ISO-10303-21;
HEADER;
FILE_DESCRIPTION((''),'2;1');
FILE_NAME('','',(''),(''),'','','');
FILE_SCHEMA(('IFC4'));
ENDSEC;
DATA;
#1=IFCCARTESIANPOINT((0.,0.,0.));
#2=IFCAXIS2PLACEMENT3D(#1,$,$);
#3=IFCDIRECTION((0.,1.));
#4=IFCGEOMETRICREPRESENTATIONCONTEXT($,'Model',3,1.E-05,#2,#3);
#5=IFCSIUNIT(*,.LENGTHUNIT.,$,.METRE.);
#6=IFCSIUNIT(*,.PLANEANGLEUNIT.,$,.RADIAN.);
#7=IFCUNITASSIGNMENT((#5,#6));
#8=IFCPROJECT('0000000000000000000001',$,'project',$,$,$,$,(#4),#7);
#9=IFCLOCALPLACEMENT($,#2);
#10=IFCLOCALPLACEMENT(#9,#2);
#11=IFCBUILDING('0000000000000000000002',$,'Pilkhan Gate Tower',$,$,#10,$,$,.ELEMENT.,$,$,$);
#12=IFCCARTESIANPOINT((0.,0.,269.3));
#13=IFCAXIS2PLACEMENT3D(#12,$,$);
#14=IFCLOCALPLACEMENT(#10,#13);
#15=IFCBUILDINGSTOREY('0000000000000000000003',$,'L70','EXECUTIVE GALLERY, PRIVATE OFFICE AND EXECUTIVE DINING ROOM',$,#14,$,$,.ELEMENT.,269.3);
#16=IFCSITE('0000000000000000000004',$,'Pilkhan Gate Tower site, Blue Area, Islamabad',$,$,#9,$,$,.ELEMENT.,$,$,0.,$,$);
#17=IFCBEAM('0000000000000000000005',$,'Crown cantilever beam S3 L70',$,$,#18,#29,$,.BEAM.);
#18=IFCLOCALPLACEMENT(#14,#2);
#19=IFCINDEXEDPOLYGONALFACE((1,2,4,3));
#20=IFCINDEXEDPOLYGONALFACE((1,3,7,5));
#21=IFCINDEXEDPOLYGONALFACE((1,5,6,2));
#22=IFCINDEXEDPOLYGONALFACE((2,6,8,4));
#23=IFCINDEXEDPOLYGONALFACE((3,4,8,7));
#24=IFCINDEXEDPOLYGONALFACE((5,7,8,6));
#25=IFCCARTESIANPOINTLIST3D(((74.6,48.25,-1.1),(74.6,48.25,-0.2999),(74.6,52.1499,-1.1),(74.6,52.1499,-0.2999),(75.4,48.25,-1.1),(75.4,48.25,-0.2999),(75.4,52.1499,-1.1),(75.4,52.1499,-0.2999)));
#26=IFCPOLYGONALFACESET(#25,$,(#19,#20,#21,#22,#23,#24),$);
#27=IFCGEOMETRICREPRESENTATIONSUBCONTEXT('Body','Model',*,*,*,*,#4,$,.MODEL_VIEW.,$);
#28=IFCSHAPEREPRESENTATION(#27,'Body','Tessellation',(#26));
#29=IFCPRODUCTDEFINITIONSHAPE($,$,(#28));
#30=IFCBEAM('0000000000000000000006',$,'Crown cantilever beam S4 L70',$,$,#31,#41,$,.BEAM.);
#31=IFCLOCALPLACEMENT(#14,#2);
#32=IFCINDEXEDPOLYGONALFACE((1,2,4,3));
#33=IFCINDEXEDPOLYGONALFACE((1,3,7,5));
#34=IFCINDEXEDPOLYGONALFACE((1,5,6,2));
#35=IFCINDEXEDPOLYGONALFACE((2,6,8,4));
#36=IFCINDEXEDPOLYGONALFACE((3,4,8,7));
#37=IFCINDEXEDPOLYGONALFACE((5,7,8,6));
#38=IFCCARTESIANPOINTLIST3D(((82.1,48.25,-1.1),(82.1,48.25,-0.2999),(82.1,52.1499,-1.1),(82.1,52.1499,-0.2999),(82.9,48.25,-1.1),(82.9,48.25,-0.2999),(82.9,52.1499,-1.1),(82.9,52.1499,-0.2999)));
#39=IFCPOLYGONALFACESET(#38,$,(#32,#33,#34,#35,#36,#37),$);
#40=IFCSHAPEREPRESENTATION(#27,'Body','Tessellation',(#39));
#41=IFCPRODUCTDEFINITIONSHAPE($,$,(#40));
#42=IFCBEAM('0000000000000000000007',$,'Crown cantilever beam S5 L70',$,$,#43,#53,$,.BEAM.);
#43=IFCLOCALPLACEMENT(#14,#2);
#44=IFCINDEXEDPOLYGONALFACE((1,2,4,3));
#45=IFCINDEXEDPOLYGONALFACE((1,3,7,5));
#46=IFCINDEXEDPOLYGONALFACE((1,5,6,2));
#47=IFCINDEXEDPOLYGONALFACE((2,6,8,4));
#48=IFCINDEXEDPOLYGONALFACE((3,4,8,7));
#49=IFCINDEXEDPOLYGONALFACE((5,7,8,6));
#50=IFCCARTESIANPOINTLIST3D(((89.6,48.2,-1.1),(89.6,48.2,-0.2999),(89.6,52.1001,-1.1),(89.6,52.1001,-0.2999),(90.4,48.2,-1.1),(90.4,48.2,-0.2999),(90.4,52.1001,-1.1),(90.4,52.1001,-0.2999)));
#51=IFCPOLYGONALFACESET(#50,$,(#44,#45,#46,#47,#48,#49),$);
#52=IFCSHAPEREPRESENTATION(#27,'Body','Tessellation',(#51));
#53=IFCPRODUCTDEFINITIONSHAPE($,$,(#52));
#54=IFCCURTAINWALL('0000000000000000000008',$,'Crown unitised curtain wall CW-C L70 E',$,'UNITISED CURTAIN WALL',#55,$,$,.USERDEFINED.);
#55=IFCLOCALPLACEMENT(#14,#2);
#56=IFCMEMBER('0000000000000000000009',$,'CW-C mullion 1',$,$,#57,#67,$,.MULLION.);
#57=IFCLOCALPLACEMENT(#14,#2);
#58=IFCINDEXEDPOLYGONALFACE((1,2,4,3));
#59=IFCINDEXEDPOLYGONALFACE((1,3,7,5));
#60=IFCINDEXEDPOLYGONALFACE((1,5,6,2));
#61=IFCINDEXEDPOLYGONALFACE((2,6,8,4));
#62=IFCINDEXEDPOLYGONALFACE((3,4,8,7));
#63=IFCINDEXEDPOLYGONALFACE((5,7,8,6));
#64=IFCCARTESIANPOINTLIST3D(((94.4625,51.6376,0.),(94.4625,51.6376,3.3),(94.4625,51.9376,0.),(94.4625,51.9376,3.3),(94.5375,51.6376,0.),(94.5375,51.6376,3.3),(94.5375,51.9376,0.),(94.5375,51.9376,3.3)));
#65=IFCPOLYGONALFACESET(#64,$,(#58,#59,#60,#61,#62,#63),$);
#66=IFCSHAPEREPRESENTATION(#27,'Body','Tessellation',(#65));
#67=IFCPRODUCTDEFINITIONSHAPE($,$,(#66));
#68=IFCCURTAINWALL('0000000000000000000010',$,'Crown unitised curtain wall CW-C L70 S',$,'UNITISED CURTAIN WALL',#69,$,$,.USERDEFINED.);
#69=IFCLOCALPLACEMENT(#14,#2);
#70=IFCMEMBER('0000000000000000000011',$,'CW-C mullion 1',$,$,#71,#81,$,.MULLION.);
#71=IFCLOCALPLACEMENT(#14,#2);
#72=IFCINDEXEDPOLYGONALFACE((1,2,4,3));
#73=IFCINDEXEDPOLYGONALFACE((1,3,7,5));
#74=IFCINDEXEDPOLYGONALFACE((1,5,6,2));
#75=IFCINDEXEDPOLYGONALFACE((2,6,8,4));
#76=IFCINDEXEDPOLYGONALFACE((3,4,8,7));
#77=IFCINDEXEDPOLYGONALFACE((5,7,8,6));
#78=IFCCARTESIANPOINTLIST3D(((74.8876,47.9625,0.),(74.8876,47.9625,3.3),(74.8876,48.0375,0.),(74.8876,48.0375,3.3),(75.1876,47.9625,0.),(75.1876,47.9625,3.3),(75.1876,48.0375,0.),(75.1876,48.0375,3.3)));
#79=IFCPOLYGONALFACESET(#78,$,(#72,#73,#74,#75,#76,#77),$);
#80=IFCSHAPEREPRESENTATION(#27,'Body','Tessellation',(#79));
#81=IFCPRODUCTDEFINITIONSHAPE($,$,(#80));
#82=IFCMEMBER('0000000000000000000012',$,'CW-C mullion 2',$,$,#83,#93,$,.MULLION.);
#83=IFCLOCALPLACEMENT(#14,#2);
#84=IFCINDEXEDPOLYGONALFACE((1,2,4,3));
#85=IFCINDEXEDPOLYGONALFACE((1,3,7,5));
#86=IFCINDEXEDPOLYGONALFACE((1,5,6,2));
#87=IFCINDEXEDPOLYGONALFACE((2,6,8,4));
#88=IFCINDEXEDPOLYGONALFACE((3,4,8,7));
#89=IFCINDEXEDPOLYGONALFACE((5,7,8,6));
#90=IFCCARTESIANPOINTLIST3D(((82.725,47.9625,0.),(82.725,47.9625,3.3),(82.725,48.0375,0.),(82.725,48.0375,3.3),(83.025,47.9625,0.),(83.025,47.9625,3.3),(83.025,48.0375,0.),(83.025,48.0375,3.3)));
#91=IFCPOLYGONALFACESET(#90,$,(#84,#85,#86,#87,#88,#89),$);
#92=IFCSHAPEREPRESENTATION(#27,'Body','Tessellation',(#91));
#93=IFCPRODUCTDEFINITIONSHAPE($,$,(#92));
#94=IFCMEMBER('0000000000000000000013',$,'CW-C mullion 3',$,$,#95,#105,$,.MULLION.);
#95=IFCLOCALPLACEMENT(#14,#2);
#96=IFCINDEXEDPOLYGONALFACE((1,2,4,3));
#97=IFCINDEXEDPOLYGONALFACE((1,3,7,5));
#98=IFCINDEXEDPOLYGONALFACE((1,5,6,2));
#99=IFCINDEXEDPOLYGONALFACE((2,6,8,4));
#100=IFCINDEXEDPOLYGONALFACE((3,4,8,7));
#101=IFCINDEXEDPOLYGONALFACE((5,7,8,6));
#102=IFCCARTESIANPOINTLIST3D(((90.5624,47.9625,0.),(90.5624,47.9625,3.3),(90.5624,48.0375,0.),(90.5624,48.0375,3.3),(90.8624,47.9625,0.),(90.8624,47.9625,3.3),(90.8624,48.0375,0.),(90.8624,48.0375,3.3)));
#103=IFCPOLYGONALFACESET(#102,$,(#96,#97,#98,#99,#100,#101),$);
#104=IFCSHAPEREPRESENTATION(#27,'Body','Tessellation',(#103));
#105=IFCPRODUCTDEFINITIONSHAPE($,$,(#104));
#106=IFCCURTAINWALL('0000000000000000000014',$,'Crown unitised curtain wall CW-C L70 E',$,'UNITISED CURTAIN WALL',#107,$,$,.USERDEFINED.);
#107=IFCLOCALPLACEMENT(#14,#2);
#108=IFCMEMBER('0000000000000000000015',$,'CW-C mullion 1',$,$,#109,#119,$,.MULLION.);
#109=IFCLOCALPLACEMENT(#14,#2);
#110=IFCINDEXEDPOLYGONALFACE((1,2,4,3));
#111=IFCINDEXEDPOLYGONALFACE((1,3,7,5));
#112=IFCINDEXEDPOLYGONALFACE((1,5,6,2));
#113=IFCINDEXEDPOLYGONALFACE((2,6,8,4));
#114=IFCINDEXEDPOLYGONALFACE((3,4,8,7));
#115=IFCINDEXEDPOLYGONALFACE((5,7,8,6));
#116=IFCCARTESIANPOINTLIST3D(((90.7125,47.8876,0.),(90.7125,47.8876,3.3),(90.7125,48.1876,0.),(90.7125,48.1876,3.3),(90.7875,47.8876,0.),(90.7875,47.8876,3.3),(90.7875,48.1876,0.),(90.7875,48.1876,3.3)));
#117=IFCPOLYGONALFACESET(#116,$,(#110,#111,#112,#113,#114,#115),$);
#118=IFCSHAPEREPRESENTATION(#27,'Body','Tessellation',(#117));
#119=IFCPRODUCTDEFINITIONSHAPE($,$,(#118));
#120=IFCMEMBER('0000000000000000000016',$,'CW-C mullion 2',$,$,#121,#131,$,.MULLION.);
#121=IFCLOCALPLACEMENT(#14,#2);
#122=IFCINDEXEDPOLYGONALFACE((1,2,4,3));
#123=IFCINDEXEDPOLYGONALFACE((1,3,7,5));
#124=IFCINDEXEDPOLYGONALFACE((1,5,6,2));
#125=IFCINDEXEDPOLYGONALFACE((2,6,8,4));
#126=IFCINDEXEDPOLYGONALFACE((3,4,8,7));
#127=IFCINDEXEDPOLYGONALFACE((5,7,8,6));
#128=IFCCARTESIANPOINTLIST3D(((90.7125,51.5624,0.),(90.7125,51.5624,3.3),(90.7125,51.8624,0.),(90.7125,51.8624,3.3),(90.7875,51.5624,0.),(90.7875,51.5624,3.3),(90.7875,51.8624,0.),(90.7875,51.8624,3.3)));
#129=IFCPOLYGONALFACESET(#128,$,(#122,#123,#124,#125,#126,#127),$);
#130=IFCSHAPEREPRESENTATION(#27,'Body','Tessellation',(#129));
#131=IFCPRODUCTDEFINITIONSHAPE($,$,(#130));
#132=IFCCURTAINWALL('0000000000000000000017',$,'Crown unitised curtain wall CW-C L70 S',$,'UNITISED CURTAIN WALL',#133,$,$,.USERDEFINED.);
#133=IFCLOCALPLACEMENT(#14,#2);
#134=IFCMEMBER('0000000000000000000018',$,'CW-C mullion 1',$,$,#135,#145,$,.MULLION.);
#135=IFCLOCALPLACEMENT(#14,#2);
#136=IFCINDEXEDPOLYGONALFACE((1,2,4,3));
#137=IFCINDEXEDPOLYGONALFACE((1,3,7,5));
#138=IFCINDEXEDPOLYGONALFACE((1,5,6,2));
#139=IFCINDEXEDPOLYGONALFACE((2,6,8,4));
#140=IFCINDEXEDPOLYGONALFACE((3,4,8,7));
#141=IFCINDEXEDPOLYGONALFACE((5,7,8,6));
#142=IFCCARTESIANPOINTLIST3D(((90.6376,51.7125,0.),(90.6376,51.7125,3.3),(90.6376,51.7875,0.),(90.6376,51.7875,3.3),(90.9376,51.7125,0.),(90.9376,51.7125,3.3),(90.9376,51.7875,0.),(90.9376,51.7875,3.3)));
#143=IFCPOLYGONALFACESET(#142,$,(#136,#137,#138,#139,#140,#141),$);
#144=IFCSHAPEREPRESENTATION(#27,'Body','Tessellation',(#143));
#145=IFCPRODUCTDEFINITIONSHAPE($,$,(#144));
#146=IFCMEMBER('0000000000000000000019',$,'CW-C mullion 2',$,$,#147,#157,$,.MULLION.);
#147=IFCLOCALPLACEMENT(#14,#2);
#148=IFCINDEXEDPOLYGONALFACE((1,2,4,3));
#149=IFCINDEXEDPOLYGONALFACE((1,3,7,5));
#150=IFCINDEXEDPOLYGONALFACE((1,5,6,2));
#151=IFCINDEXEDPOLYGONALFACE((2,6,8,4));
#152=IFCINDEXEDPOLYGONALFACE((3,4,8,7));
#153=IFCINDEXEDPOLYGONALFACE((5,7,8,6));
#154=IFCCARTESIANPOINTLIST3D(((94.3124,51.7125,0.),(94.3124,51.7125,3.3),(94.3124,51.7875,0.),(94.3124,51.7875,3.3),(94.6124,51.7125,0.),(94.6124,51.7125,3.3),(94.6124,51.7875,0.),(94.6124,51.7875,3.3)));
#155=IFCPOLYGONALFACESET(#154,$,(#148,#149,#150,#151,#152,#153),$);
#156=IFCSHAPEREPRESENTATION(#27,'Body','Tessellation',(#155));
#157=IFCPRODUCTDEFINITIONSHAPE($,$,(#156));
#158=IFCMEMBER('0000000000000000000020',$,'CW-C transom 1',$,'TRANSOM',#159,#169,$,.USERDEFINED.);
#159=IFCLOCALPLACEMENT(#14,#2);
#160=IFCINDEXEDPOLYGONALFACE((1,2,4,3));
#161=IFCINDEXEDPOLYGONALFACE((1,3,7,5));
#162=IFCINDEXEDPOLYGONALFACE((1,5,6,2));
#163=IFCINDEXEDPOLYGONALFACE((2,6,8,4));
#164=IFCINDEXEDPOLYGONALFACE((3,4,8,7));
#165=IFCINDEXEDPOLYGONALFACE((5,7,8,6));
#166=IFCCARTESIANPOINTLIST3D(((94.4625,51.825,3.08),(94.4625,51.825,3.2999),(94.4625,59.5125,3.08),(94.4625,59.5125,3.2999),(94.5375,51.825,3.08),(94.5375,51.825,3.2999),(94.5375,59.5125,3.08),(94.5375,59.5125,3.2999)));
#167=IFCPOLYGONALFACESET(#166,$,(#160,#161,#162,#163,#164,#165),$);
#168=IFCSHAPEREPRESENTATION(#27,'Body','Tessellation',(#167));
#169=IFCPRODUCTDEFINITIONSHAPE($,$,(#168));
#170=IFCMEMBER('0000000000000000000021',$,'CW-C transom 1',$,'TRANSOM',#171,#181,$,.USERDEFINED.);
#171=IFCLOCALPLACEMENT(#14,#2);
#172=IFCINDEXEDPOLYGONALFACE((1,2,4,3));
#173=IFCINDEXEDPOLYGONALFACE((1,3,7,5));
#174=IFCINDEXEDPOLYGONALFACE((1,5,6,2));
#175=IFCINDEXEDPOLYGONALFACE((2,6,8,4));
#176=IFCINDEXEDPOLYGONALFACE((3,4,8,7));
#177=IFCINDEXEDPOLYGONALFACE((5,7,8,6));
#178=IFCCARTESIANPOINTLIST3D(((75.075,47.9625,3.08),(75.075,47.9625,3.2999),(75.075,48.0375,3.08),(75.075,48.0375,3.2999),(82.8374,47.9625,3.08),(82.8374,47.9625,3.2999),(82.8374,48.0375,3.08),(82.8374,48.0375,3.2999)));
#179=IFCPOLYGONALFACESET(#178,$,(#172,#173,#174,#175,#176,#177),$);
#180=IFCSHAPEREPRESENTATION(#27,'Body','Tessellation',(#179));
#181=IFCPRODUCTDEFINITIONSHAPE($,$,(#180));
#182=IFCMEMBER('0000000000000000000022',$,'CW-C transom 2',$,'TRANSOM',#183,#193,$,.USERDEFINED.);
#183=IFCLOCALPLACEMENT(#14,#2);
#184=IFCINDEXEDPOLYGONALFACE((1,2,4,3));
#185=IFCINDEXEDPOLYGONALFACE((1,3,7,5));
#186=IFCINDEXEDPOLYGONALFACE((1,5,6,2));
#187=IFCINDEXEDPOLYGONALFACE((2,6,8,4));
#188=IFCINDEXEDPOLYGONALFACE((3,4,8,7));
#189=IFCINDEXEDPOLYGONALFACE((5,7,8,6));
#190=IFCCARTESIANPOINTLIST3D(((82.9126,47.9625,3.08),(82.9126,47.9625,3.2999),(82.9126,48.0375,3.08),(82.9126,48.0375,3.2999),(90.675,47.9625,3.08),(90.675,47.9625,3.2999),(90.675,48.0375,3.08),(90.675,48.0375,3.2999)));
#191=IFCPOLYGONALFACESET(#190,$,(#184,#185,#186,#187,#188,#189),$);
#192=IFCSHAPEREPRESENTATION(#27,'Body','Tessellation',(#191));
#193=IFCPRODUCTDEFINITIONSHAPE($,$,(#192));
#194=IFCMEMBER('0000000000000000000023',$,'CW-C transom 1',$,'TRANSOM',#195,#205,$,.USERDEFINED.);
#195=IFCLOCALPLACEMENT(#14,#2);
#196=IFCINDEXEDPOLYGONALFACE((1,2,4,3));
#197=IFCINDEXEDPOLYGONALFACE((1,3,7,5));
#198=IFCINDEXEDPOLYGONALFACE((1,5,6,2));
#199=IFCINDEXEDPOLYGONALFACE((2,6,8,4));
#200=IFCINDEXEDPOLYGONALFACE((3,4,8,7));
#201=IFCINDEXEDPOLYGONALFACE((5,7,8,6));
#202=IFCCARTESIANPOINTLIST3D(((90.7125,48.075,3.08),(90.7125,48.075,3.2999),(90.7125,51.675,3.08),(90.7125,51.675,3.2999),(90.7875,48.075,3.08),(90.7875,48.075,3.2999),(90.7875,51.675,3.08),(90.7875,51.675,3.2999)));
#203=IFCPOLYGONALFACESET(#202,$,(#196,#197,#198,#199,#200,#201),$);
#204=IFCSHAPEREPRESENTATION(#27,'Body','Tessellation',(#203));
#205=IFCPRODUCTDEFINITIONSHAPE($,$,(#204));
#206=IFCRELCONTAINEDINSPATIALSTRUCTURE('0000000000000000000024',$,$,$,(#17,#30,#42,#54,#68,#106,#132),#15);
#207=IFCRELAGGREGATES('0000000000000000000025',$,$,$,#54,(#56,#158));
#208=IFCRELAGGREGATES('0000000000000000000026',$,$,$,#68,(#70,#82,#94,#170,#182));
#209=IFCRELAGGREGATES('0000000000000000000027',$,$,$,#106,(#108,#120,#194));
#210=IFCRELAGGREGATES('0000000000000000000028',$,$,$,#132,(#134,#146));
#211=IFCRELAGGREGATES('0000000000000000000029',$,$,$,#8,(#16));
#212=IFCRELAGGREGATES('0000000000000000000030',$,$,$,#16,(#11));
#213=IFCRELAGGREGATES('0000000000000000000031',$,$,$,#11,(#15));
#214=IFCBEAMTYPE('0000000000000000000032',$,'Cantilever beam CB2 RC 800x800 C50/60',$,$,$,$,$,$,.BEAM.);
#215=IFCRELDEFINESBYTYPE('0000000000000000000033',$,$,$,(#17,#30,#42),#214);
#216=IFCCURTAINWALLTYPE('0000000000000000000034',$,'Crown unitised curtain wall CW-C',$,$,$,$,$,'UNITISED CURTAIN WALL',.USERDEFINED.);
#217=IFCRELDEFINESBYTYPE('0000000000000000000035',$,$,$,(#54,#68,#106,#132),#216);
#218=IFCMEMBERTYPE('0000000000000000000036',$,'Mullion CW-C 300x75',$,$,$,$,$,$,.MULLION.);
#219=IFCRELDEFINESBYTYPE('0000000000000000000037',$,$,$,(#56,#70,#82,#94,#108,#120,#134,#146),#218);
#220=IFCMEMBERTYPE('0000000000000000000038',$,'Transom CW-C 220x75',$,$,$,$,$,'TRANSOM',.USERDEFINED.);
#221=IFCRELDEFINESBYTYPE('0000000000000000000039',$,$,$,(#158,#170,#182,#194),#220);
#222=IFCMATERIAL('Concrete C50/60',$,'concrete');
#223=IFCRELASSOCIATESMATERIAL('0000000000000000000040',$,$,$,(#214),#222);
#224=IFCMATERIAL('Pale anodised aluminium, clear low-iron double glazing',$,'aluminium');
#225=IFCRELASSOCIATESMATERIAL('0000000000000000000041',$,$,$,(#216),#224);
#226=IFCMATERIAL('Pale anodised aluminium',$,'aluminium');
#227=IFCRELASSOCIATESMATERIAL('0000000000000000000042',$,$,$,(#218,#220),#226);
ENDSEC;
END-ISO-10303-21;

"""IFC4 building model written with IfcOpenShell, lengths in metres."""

from ifc_helpers import new_model, si_unit, direction, frame, origin, origin_2d, place, context, subcontext, project, spatial, rectangle, extrude, material, material_profile, profile_set, type_object, element, aggregate, save


model = new_model("IFC4")

# Units and contexts
model_context = context("Model", 3, precision=1e-05, world=origin(), true_north=direction((0.0, 1.0)))
body_context = subcontext(model_context, "Body", "Model", "MODEL_VIEW")
ifc_project = project(units=[si_unit("LENGTHUNIT", "METRE"), si_unit("PLANEANGLEUNIT", "RADIAN")], contexts=[model_context])

# Site, building, storey
site_placement = place(None, origin())
site = spatial("IfcSite", under=ifc_project, at=site_placement, Name="Pilkhan Gate Tower site, Blue Area, Islamabad", CompositionType="ELEMENT", RefElevation=0.0)
building_placement = place(site_placement, origin())
building = spatial("IfcBuilding", under=site, at=building_placement, Name="Pilkhan Gate Tower", CompositionType="ELEMENT")
storey_placement = place(building_placement, frame((0.0, 0.0, 269.3)))
storey = spatial("IfcBuildingStorey", under=building, at=storey_placement, Name="L70", Description="EXECUTIVE GALLERY, PRIVATE OFFICE AND EXECUTIVE DINING ROOM", CompositionType="ELEMENT", Elevation=269.3)

# Beams
ifc_material_1 = material(Name="Concrete C50/60", Category="concrete")
ifc_material_profile_1 = material_profile(ifc_material_1, rectangle(XDim=0.8, YDim=0.8, at=origin_2d()), Name="RC 800x800")
ifc_profile_set_1 = profile_set([ifc_material_profile_1], Name="Concrete C50/60")
beam_type = type_object("IfcBeamType", Name="Cantilever beam CB2 RC 800x800 C50/60", PredefinedType="BEAM", material=ifc_profile_set_1)
for number, where, z_axis, x_axis, name in (
    (1, (75.0, 52.1499, -0.7), (0.0, -1.0, 0.0), (1.0, 0.0, 0.0), "Crown cantilever beam S3 L70"),
    (2, (82.5, 52.1499, -0.7), (0.0, -1.0, 0.0), (1.0, 0.0, 0.0), "Crown cantilever beam S4 L70"),
):
    element("IfcBeam", number, at=place(storey_placement, frame(where, z_axis=z_axis, x_axis=x_axis)), inside=storey, type_object=beam_type, Name=name, PredefinedType="BEAM", context=body_context, shape_type="SweptSolid", body=[
        extrude(rectangle(XDim=0.8, YDim=0.8, at=origin_2d()), origin(), (0.0, 0.0, 1.0), 3.8999),
    ])
beam_placement = place(storey_placement, frame((90.0, 52.1001, -0.7), z_axis=(0.0, -1.0, 0.0), x_axis=(1.0, 0.0, 0.0)))
element("IfcBeam", 3, at=beam_placement, inside=storey, type_object=beam_type, Name="Crown cantilever beam S5 L70", PredefinedType="BEAM", context=body_context, shape_type="SweptSolid", body=[
    extrude(rectangle(XDim=0.8, YDim=0.8, at=origin_2d()), origin(), (0.0, 0.0, 1.0), 3.9001),
])

# Curtain wall, member
ifc_material_2 = material(Name="Pale anodised aluminium, clear low-iron double glazing", Category="aluminium")
curtain_wall_type = type_object("IfcCurtainWallType", Name="Crown unitised curtain wall CW-C", ElementType="UNITISED CURTAIN WALL", PredefinedType="USERDEFINED", material=ifc_material_2)
curtain_wall_1_placement = place(storey_placement, origin())
curtain_wall_1 = element("IfcCurtainWall", 4, at=curtain_wall_1_placement, inside=storey, type_object=curtain_wall_type, Name="Crown unitised curtain wall CW-C L70 E", ObjectType="UNITISED CURTAIN WALL", PredefinedType="USERDEFINED")
ifc_material_3 = material(Name="Pale anodised aluminium", Category="aluminium")
ifc_material_profile_2 = material_profile(ifc_material_3, rectangle(XDim=0.075, YDim=0.3, at=origin_2d()), Name="Mullion 300x75")
ifc_profile_set_2 = profile_set([ifc_material_profile_2], Name="Pale anodised aluminium")
member_type_1 = type_object("IfcMemberType", Name="Mullion CW-C 300x75", PredefinedType="MULLION", material=ifc_profile_set_2)
member_1_placement = place(storey_placement, frame((94.5, 51.7876, 0.0), z_axis=(0.0, 0.0, 1.0), x_axis=(-1.0, 0.0, 0.0)))
member_1 = element("IfcMember", 5, at=member_1_placement, type_object=member_type_1, Name="CW-C mullion 1", PredefinedType="MULLION", context=body_context, shape_type="SweptSolid", body=[
    extrude(rectangle(XDim=0.075, YDim=0.3, at=origin_2d()), origin(), (0.0, 0.0, 1.0), 3.3),
])

# Curtain walls, members
curtain_wall_2_placement = place(storey_placement, origin())
curtain_wall_2 = element("IfcCurtainWall", 6, at=curtain_wall_2_placement, inside=storey, type_object=curtain_wall_type, Name="Crown unitised curtain wall CW-C L70 S", ObjectType="UNITISED CURTAIN WALL", PredefinedType="USERDEFINED")
member_2_placement = place(storey_placement, frame((75.0376, 48.0, 0.0), z_axis=(0.0, 0.0, 1.0), x_axis=(0.0, 1.0, 0.0)))
member_2 = element("IfcMember", 7, at=member_2_placement, type_object=member_type_1, Name="CW-C mullion 1", PredefinedType="MULLION", context=body_context, shape_type="SweptSolid", body=[
    extrude(rectangle(XDim=0.075, YDim=0.3, at=origin_2d()), origin(), (0.0, 0.0, 1.0), 3.3),
])
member_3_placement = place(storey_placement, frame((82.875, 48.0, 0.0), z_axis=(0.0, 0.0, 1.0), x_axis=(0.0, 1.0, 0.0)))
member_3 = element("IfcMember", 8, at=member_3_placement, type_object=member_type_1, Name="CW-C mullion 2", PredefinedType="MULLION", context=body_context, shape_type="SweptSolid", body=[
    extrude(rectangle(XDim=0.075, YDim=0.3, at=origin_2d()), origin(), (0.0, 0.0, 1.0), 3.3),
])
member_4_placement = place(storey_placement, frame((90.7124, 48.0, 0.0), z_axis=(0.0, 0.0, 1.0), x_axis=(0.0, 1.0, 0.0)))
member_4 = element("IfcMember", 9, at=member_4_placement, type_object=member_type_1, Name="CW-C mullion 3", PredefinedType="MULLION", context=body_context, shape_type="SweptSolid", body=[
    extrude(rectangle(XDim=0.075, YDim=0.3, at=origin_2d()), origin(), (0.0, 0.0, 1.0), 3.3),
])
curtain_wall_3_placement = place(storey_placement, origin())
curtain_wall_3 = element("IfcCurtainWall", 10, at=curtain_wall_3_placement, inside=storey, type_object=curtain_wall_type, Name="Crown unitised curtain wall CW-C L70 E", ObjectType="UNITISED CURTAIN WALL", PredefinedType="USERDEFINED")
member_5_placement = place(storey_placement, frame((90.75, 48.0376, 0.0), z_axis=(0.0, 0.0, 1.0), x_axis=(-1.0, 0.0, 0.0)))
member_5 = element("IfcMember", 11, at=member_5_placement, type_object=member_type_1, Name="CW-C mullion 1", PredefinedType="MULLION", context=body_context, shape_type="SweptSolid", body=[
    extrude(rectangle(XDim=0.075, YDim=0.3, at=origin_2d()), origin(), (0.0, 0.0, 1.0), 3.3),
])
member_6_placement = place(storey_placement, frame((90.75, 51.7124, 0.0), z_axis=(0.0, 0.0, 1.0), x_axis=(-1.0, 0.0, 0.0)))
member_6 = element("IfcMember", 12, at=member_6_placement, type_object=member_type_1, Name="CW-C mullion 2", PredefinedType="MULLION", context=body_context, shape_type="SweptSolid", body=[
    extrude(rectangle(XDim=0.075, YDim=0.3, at=origin_2d()), origin(), (0.0, 0.0, 1.0), 3.3),
])
curtain_wall_4_placement = place(storey_placement, origin())
curtain_wall_4 = element("IfcCurtainWall", 13, at=curtain_wall_4_placement, inside=storey, type_object=curtain_wall_type, Name="Crown unitised curtain wall CW-C L70 S", ObjectType="UNITISED CURTAIN WALL", PredefinedType="USERDEFINED")
member_7_placement = place(storey_placement, frame((90.7876, 51.75, 0.0), z_axis=(0.0, 0.0, 1.0), x_axis=(0.0, 1.0, 0.0)))
member_7 = element("IfcMember", 14, at=member_7_placement, type_object=member_type_1, Name="CW-C mullion 1", PredefinedType="MULLION", context=body_context, shape_type="SweptSolid", body=[
    extrude(rectangle(XDim=0.075, YDim=0.3, at=origin_2d()), origin(), (0.0, 0.0, 1.0), 3.3),
])
member_8_placement = place(storey_placement, frame((94.4624, 51.75, 0.0), z_axis=(0.0, 0.0, 1.0), x_axis=(0.0, 1.0, 0.0)))
member_8 = element("IfcMember", 15, at=member_8_placement, type_object=member_type_1, Name="CW-C mullion 2", PredefinedType="MULLION", context=body_context, shape_type="SweptSolid", body=[
    extrude(rectangle(XDim=0.075, YDim=0.3, at=origin_2d()), origin(), (0.0, 0.0, 1.0), 3.3),
])

# Members
ifc_material_profile_3 = material_profile(ifc_material_3, rectangle(XDim=0.075, YDim=0.22, at=origin_2d()), Name="Transom 220x75")
ifc_profile_set_3 = profile_set([ifc_material_profile_3], Name="Pale anodised aluminium")
member_type_2 = type_object("IfcMemberType", Name="Transom CW-C 220x75", ElementType="TRANSOM", PredefinedType="USERDEFINED", material=ifc_profile_set_3)
member_9_placement = place(storey_placement, frame((94.5, 51.825, 3.1899), z_axis=(0.0, 1.0, 0.0), x_axis=(-1.0, 0.0, 0.0)))
member_9 = element("IfcMember", 16, at=member_9_placement, type_object=member_type_2, Name="CW-C transom 1", ObjectType="TRANSOM", PredefinedType="USERDEFINED", context=body_context, shape_type="SweptSolid", body=[
    extrude(rectangle(XDim=0.075, YDim=0.22, at=origin_2d()), origin(), (0.0, 0.0, 1.0), 7.6875),
])
aggregate(curtain_wall_1, [member_1, member_9])
member_10_placement = place(storey_placement, frame((75.075, 48.0, 3.1899), z_axis=(1.0, 0.0, 0.0), x_axis=(0.0, 1.0, 0.0)))
member_10 = element("IfcMember", 17, at=member_10_placement, type_object=member_type_2, Name="CW-C transom 1", ObjectType="TRANSOM", PredefinedType="USERDEFINED", context=body_context, shape_type="SweptSolid", body=[
    extrude(rectangle(XDim=0.075, YDim=0.22, at=origin_2d()), origin(), (0.0, 0.0, 1.0), 7.7625),
])
member_11_placement = place(storey_placement, frame((82.9126, 48.0, 3.1899), z_axis=(1.0, 0.0, 0.0), x_axis=(0.0, 1.0, 0.0)))
member_11 = element("IfcMember", 18, at=member_11_placement, type_object=member_type_2, Name="CW-C transom 2", ObjectType="TRANSOM", PredefinedType="USERDEFINED", context=body_context, shape_type="SweptSolid", body=[
    extrude(rectangle(XDim=0.075, YDim=0.22, at=origin_2d()), origin(), (0.0, 0.0, 1.0), 7.7625),
])
member_12_placement = place(storey_placement, frame((90.75, 48.075, 3.1899), z_axis=(0.0, 1.0, 0.0), x_axis=(-1.0, 0.0, 0.0)))
member_12 = element("IfcMember", 19, at=member_12_placement, type_object=member_type_2, Name="CW-C transom 1", ObjectType="TRANSOM", PredefinedType="USERDEFINED", context=body_context, shape_type="SweptSolid", body=[
    extrude(rectangle(XDim=0.075, YDim=0.22, at=origin_2d()), origin(), (0.0, 0.0, 1.0), 3.6001),
])

aggregate(curtain_wall_2, [member_2, member_3, member_4, member_10, member_11])
aggregate(curtain_wall_3, [member_5, member_6, member_12])
aggregate(curtain_wall_4, [member_7, member_8])

save(model, "model.ifc")
